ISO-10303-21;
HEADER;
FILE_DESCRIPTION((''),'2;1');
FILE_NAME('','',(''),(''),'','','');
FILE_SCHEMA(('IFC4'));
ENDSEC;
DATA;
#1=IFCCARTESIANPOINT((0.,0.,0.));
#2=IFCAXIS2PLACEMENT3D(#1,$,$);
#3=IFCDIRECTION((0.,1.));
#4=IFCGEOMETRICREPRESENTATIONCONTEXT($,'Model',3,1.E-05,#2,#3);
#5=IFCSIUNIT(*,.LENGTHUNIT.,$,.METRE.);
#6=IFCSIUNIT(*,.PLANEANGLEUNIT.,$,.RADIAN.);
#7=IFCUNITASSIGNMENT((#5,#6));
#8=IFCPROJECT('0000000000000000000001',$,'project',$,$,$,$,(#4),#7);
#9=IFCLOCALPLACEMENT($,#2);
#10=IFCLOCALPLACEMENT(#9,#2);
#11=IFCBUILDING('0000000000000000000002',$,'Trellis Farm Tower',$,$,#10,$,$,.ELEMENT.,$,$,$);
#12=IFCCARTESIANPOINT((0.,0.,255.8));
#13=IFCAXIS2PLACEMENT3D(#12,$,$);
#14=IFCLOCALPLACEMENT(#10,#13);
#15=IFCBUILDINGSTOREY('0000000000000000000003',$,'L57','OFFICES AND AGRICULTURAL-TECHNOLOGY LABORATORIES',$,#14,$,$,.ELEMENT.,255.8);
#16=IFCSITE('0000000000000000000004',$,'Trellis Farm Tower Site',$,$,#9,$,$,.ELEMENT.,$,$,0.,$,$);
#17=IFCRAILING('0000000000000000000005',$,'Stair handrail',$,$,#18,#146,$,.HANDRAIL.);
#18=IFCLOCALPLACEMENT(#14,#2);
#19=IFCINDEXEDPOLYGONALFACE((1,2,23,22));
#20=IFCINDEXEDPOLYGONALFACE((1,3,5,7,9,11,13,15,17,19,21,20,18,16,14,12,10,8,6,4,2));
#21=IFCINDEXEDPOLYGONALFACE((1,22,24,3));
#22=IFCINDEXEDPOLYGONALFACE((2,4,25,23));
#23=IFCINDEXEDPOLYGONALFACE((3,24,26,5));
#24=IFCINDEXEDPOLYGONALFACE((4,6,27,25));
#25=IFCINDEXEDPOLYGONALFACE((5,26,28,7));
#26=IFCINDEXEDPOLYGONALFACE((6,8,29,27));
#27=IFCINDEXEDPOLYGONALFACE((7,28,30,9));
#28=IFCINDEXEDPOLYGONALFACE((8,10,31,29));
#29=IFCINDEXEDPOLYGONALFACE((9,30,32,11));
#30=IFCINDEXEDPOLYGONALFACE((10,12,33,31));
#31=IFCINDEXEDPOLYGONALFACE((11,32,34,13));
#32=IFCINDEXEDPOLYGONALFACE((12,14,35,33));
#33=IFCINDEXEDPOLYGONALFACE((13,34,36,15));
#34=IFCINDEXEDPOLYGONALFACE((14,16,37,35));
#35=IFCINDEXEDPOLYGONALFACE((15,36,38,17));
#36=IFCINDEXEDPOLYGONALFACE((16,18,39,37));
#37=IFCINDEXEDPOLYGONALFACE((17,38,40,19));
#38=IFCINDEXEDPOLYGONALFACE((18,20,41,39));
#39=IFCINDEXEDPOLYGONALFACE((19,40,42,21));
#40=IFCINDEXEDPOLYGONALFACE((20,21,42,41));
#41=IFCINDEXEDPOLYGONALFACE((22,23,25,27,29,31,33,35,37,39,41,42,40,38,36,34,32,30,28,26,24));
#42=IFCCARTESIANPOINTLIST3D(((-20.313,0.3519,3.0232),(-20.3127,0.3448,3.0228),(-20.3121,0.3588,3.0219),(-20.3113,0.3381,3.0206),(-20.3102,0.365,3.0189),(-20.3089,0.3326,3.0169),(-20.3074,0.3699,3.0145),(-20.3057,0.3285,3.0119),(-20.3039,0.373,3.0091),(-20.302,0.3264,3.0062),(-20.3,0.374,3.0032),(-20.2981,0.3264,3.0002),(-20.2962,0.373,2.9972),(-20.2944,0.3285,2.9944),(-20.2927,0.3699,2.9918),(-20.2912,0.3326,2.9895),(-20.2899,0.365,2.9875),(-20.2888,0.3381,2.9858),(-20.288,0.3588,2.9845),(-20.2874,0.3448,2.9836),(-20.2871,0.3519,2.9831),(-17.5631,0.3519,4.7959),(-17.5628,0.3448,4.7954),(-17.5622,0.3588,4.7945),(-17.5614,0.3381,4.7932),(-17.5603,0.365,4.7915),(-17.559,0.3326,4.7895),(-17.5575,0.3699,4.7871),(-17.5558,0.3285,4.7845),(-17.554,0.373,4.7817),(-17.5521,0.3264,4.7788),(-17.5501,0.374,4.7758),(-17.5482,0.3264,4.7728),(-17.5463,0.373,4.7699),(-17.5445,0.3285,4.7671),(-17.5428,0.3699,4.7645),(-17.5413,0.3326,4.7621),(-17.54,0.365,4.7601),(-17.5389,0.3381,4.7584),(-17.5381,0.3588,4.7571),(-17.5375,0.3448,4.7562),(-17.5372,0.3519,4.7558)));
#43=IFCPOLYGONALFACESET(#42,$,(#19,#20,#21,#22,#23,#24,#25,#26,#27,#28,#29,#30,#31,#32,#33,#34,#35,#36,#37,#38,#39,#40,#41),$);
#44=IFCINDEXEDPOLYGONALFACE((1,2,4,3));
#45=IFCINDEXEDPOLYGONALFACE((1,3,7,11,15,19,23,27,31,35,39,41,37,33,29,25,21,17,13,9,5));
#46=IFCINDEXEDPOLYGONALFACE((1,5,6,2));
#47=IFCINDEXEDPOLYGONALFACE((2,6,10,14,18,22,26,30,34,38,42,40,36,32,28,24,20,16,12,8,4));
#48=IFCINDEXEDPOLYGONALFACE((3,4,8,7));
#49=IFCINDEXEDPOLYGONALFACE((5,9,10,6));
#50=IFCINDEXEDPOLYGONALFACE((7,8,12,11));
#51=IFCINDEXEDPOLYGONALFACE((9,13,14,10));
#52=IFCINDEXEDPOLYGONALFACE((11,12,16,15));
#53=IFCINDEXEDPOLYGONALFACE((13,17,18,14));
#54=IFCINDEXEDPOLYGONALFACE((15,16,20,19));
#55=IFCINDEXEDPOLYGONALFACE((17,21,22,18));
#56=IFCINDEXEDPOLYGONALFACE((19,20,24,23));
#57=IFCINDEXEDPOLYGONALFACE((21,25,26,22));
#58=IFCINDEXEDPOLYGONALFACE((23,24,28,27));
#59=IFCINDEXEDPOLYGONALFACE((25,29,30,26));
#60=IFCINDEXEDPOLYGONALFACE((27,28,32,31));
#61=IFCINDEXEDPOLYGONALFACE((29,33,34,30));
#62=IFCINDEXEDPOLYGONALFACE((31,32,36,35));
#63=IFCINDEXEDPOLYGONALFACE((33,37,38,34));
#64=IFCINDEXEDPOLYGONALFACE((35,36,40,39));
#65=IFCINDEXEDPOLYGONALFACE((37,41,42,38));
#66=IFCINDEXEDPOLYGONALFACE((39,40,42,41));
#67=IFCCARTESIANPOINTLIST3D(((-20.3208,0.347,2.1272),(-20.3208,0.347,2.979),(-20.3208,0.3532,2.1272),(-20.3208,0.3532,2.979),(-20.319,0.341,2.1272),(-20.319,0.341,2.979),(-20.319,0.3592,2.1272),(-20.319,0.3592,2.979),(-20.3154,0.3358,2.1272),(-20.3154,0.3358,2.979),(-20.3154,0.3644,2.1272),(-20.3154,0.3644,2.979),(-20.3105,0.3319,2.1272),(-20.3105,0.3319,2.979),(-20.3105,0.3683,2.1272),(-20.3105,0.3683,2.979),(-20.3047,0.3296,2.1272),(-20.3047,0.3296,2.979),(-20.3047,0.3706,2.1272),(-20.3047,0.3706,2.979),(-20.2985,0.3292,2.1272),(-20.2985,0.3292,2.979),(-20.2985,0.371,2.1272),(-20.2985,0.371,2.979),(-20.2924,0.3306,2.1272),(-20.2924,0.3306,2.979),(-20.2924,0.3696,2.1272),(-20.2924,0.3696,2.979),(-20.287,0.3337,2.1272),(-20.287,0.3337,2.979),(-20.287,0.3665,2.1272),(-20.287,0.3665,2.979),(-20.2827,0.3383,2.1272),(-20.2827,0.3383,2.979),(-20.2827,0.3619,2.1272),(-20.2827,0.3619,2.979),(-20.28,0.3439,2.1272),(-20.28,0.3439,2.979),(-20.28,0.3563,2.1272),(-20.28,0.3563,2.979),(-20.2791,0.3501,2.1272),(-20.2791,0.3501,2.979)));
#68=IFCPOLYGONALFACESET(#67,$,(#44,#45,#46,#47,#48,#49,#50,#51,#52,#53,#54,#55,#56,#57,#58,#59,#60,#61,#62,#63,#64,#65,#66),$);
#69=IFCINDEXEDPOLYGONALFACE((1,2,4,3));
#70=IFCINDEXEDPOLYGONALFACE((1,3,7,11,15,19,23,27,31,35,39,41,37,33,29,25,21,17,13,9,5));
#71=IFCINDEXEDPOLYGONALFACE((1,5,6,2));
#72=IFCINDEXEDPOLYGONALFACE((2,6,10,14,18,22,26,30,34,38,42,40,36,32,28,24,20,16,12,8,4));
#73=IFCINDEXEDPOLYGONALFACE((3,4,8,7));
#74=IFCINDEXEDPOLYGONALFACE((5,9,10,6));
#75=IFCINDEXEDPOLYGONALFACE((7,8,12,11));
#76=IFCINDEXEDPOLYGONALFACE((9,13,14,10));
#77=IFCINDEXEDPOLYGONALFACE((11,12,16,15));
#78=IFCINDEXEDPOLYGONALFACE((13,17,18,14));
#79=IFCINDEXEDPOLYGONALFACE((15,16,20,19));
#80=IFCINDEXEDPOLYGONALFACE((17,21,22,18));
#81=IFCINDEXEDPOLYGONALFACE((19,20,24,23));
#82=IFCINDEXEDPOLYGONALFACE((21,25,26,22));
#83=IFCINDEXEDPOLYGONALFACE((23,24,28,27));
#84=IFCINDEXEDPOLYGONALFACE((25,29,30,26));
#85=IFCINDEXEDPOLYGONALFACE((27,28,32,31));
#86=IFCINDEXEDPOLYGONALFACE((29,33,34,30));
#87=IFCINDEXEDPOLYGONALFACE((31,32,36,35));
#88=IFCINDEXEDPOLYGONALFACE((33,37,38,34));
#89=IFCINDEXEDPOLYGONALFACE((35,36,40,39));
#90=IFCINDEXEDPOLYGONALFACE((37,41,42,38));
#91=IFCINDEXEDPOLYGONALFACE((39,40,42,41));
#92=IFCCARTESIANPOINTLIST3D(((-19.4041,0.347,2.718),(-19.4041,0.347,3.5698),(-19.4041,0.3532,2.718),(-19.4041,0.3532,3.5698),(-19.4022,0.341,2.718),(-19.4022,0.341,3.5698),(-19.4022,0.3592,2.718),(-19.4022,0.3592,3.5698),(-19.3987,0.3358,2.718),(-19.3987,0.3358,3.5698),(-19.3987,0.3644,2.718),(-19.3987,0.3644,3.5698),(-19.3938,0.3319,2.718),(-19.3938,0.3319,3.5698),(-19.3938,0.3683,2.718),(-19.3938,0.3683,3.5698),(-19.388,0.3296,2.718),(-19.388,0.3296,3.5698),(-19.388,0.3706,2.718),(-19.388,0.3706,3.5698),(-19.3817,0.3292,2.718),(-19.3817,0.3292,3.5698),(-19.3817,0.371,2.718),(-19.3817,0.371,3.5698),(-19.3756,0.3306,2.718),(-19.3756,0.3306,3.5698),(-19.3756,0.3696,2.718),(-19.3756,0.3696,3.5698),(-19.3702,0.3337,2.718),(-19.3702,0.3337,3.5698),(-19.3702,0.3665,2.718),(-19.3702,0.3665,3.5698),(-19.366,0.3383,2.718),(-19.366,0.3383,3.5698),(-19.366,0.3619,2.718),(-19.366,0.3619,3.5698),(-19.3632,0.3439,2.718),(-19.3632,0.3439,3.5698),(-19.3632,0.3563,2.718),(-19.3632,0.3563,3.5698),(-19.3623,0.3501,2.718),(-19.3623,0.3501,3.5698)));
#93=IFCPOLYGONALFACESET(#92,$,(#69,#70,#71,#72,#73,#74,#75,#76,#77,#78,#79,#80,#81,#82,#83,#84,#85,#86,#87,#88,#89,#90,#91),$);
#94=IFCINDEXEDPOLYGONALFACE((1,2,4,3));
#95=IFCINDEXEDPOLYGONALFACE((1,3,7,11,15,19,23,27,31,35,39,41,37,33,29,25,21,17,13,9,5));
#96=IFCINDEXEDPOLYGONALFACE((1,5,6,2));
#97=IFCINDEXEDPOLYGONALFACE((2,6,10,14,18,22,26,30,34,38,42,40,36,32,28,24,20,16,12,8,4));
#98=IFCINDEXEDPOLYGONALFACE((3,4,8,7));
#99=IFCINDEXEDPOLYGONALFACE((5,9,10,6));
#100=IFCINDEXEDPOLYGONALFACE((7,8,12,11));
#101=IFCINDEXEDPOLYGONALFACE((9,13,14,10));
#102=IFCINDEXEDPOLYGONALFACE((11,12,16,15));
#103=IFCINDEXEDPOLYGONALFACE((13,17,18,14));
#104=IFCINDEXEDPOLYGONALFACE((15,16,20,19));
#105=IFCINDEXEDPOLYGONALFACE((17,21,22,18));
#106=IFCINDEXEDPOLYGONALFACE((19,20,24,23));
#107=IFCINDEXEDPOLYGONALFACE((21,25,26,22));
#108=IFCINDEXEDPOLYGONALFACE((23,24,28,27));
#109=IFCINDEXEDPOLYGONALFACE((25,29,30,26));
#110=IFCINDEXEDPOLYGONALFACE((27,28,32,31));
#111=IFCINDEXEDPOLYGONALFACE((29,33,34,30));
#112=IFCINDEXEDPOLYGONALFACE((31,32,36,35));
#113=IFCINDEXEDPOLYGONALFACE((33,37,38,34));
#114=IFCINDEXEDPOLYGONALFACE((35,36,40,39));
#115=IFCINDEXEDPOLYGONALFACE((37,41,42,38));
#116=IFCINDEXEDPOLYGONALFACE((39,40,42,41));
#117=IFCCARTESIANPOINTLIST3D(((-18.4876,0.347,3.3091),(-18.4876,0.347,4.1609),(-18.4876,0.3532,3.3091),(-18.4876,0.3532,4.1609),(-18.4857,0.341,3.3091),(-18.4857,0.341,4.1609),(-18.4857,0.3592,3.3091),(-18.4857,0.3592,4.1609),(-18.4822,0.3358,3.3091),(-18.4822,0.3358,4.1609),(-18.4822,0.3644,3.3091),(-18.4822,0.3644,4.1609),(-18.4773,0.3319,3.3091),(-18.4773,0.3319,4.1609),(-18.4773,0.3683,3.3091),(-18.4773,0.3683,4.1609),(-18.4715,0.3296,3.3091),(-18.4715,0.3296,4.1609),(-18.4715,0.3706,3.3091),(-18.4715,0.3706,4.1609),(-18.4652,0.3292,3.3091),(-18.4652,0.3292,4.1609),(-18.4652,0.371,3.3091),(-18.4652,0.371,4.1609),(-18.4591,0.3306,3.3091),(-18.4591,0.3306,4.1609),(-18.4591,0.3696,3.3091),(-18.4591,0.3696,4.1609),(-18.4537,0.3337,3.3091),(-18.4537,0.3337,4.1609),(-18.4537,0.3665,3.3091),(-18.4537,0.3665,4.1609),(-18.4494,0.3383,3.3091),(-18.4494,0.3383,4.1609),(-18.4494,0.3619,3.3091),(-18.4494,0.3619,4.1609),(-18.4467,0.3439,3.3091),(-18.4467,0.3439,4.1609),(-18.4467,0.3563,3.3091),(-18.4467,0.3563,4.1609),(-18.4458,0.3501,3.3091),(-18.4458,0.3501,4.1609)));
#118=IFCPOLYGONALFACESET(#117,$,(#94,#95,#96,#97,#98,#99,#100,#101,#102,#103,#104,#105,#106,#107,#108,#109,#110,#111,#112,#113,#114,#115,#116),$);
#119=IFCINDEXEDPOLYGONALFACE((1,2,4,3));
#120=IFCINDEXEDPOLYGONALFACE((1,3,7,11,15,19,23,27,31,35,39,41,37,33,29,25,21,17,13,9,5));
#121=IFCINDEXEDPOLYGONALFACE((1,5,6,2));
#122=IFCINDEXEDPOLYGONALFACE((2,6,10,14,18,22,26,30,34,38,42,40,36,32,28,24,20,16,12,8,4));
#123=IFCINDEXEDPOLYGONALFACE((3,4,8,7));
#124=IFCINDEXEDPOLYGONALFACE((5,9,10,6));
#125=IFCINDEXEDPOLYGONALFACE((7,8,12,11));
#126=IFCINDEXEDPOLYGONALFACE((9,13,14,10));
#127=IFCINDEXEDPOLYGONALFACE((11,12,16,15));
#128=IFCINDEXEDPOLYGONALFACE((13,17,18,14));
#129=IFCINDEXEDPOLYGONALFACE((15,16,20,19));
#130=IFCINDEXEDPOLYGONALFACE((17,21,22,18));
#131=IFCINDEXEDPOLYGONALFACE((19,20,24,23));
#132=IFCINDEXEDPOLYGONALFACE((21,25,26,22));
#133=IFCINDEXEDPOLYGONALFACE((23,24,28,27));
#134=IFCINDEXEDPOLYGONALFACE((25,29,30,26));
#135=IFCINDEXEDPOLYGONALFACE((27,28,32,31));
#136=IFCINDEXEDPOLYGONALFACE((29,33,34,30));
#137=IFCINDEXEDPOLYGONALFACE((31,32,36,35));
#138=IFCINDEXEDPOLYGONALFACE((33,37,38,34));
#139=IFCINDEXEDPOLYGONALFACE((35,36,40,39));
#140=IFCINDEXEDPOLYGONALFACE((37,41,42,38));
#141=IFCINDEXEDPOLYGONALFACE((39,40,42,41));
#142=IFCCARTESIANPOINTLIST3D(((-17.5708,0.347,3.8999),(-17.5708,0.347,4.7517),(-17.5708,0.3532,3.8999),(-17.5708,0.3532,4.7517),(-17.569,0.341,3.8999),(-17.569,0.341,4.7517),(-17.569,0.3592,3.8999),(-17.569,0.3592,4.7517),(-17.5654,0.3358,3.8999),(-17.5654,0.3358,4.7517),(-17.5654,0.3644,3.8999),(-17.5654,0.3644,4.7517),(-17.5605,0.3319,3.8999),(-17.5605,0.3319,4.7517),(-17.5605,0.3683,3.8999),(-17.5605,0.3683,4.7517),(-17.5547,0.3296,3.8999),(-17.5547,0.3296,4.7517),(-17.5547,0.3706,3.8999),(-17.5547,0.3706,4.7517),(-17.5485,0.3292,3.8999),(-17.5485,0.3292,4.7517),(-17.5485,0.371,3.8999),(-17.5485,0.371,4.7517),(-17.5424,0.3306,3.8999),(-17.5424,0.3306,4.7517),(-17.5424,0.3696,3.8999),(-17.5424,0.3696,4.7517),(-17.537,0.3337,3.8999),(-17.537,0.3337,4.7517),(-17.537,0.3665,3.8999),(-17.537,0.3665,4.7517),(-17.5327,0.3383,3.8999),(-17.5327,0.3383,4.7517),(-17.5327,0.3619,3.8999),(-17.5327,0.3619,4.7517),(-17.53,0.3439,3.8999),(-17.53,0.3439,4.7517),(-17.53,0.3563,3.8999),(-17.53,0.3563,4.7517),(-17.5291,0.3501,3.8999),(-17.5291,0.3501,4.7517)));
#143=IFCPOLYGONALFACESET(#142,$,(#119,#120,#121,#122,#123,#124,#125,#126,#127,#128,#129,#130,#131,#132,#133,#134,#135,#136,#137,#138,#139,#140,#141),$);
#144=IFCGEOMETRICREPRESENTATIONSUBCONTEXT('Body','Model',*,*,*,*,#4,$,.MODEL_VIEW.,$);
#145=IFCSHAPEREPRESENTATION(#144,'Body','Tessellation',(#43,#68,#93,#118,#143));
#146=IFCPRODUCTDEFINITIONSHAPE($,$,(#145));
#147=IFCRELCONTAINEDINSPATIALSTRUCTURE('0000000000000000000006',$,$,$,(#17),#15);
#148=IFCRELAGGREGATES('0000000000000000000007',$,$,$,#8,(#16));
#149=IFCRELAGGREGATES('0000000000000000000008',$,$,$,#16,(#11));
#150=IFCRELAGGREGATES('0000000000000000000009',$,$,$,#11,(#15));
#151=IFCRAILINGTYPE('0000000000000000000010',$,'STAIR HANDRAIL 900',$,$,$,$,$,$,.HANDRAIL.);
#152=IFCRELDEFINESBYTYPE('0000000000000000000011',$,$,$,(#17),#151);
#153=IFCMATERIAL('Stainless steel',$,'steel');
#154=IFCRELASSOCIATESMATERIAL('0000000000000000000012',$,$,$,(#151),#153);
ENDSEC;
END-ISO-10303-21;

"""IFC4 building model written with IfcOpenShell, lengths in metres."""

from ifc_helpers import new_model, si_unit, direction, frame, origin, origin_2d, place, context, subcontext, project, spatial, circle, extrude, source, transform, mapped, material, type_object, element, save


model = new_model("IFC4")

# Units and contexts
model_context = context("Model", 3, precision=1e-05, world=origin(), true_north=direction((0.0, 1.0)))
body_context = subcontext(model_context, "Body", "Model", "MODEL_VIEW")
ifc_project = project(units=[si_unit("LENGTHUNIT", "METRE"), si_unit("PLANEANGLEUNIT", "RADIAN")], contexts=[model_context])

# Site, building, storey
site_placement = place(None, origin())
site = spatial("IfcSite", under=ifc_project, at=site_placement, Name="Trellis Farm Tower Site", CompositionType="ELEMENT", RefElevation=0.0)
building_placement = place(site_placement, origin())
building = spatial("IfcBuilding", under=site, at=building_placement, Name="Trellis Farm Tower", CompositionType="ELEMENT")
storey_placement = place(building_placement, frame((0.0, 0.0, 255.8)))
storey = spatial("IfcBuildingStorey", under=building, at=storey_placement, Name="L57", Description="OFFICES AND AGRICULTURAL-TECHNOLOGY LABORATORIES", CompositionType="ELEMENT", Elevation=255.8)

# Railing
ifc_material_1 = material(Name="Stainless steel", Category="steel")
railing_type = type_object("IfcRailingType", Name="STAIR HANDRAIL 900", PredefinedType="HANDRAIL", material=ifc_material_1)
shared_shape_1 = source(origin(), body_context, "Body", "SweptSolid", [
    extrude(circle(Radius=0.0239, at=origin_2d()), frame((0.0, 0.0, 0.876), z_axis=(0.840504, 0.0, 0.541806), x_axis=(0.0, 1.0, 0.0)), (0.0, 0.0, 1.0), 3.2717),
    extrude(circle(Radius=0.021, at=origin_2d()), origin(), (0.0, 0.0, 1.0), 0.8518),
    extrude(circle(Radius=0.021, at=origin_2d()), frame((0.9167, 0.0, 0.5908)), (0.0, 0.0, 1.0), 0.8518),
    extrude(circle(Radius=0.021, at=origin_2d()), frame((1.8333, 0.0, 1.1819)), (0.0, 0.0, 1.0), 0.8518),
    extrude(circle(Radius=0.021, at=origin_2d()), frame((2.75, 0.0, 1.7727)), (0.0, 0.0, 1.0), 0.8518),
])
for number, where, name in (
    (1, (-20.3, 0.3501, 2.1272), "Stair handrail"),
):
    element("IfcRailing", number, at=place(storey_placement, frame(where)), inside=storey, type_object=railing_type, Name=name, PredefinedType="HANDRAIL", context=body_context, shape_type="MappedRepresentation", body=[
        mapped(shared_shape_1, transform((0.0, 0.0, 0.0))),
    ])

save(model, "model.ifc")
